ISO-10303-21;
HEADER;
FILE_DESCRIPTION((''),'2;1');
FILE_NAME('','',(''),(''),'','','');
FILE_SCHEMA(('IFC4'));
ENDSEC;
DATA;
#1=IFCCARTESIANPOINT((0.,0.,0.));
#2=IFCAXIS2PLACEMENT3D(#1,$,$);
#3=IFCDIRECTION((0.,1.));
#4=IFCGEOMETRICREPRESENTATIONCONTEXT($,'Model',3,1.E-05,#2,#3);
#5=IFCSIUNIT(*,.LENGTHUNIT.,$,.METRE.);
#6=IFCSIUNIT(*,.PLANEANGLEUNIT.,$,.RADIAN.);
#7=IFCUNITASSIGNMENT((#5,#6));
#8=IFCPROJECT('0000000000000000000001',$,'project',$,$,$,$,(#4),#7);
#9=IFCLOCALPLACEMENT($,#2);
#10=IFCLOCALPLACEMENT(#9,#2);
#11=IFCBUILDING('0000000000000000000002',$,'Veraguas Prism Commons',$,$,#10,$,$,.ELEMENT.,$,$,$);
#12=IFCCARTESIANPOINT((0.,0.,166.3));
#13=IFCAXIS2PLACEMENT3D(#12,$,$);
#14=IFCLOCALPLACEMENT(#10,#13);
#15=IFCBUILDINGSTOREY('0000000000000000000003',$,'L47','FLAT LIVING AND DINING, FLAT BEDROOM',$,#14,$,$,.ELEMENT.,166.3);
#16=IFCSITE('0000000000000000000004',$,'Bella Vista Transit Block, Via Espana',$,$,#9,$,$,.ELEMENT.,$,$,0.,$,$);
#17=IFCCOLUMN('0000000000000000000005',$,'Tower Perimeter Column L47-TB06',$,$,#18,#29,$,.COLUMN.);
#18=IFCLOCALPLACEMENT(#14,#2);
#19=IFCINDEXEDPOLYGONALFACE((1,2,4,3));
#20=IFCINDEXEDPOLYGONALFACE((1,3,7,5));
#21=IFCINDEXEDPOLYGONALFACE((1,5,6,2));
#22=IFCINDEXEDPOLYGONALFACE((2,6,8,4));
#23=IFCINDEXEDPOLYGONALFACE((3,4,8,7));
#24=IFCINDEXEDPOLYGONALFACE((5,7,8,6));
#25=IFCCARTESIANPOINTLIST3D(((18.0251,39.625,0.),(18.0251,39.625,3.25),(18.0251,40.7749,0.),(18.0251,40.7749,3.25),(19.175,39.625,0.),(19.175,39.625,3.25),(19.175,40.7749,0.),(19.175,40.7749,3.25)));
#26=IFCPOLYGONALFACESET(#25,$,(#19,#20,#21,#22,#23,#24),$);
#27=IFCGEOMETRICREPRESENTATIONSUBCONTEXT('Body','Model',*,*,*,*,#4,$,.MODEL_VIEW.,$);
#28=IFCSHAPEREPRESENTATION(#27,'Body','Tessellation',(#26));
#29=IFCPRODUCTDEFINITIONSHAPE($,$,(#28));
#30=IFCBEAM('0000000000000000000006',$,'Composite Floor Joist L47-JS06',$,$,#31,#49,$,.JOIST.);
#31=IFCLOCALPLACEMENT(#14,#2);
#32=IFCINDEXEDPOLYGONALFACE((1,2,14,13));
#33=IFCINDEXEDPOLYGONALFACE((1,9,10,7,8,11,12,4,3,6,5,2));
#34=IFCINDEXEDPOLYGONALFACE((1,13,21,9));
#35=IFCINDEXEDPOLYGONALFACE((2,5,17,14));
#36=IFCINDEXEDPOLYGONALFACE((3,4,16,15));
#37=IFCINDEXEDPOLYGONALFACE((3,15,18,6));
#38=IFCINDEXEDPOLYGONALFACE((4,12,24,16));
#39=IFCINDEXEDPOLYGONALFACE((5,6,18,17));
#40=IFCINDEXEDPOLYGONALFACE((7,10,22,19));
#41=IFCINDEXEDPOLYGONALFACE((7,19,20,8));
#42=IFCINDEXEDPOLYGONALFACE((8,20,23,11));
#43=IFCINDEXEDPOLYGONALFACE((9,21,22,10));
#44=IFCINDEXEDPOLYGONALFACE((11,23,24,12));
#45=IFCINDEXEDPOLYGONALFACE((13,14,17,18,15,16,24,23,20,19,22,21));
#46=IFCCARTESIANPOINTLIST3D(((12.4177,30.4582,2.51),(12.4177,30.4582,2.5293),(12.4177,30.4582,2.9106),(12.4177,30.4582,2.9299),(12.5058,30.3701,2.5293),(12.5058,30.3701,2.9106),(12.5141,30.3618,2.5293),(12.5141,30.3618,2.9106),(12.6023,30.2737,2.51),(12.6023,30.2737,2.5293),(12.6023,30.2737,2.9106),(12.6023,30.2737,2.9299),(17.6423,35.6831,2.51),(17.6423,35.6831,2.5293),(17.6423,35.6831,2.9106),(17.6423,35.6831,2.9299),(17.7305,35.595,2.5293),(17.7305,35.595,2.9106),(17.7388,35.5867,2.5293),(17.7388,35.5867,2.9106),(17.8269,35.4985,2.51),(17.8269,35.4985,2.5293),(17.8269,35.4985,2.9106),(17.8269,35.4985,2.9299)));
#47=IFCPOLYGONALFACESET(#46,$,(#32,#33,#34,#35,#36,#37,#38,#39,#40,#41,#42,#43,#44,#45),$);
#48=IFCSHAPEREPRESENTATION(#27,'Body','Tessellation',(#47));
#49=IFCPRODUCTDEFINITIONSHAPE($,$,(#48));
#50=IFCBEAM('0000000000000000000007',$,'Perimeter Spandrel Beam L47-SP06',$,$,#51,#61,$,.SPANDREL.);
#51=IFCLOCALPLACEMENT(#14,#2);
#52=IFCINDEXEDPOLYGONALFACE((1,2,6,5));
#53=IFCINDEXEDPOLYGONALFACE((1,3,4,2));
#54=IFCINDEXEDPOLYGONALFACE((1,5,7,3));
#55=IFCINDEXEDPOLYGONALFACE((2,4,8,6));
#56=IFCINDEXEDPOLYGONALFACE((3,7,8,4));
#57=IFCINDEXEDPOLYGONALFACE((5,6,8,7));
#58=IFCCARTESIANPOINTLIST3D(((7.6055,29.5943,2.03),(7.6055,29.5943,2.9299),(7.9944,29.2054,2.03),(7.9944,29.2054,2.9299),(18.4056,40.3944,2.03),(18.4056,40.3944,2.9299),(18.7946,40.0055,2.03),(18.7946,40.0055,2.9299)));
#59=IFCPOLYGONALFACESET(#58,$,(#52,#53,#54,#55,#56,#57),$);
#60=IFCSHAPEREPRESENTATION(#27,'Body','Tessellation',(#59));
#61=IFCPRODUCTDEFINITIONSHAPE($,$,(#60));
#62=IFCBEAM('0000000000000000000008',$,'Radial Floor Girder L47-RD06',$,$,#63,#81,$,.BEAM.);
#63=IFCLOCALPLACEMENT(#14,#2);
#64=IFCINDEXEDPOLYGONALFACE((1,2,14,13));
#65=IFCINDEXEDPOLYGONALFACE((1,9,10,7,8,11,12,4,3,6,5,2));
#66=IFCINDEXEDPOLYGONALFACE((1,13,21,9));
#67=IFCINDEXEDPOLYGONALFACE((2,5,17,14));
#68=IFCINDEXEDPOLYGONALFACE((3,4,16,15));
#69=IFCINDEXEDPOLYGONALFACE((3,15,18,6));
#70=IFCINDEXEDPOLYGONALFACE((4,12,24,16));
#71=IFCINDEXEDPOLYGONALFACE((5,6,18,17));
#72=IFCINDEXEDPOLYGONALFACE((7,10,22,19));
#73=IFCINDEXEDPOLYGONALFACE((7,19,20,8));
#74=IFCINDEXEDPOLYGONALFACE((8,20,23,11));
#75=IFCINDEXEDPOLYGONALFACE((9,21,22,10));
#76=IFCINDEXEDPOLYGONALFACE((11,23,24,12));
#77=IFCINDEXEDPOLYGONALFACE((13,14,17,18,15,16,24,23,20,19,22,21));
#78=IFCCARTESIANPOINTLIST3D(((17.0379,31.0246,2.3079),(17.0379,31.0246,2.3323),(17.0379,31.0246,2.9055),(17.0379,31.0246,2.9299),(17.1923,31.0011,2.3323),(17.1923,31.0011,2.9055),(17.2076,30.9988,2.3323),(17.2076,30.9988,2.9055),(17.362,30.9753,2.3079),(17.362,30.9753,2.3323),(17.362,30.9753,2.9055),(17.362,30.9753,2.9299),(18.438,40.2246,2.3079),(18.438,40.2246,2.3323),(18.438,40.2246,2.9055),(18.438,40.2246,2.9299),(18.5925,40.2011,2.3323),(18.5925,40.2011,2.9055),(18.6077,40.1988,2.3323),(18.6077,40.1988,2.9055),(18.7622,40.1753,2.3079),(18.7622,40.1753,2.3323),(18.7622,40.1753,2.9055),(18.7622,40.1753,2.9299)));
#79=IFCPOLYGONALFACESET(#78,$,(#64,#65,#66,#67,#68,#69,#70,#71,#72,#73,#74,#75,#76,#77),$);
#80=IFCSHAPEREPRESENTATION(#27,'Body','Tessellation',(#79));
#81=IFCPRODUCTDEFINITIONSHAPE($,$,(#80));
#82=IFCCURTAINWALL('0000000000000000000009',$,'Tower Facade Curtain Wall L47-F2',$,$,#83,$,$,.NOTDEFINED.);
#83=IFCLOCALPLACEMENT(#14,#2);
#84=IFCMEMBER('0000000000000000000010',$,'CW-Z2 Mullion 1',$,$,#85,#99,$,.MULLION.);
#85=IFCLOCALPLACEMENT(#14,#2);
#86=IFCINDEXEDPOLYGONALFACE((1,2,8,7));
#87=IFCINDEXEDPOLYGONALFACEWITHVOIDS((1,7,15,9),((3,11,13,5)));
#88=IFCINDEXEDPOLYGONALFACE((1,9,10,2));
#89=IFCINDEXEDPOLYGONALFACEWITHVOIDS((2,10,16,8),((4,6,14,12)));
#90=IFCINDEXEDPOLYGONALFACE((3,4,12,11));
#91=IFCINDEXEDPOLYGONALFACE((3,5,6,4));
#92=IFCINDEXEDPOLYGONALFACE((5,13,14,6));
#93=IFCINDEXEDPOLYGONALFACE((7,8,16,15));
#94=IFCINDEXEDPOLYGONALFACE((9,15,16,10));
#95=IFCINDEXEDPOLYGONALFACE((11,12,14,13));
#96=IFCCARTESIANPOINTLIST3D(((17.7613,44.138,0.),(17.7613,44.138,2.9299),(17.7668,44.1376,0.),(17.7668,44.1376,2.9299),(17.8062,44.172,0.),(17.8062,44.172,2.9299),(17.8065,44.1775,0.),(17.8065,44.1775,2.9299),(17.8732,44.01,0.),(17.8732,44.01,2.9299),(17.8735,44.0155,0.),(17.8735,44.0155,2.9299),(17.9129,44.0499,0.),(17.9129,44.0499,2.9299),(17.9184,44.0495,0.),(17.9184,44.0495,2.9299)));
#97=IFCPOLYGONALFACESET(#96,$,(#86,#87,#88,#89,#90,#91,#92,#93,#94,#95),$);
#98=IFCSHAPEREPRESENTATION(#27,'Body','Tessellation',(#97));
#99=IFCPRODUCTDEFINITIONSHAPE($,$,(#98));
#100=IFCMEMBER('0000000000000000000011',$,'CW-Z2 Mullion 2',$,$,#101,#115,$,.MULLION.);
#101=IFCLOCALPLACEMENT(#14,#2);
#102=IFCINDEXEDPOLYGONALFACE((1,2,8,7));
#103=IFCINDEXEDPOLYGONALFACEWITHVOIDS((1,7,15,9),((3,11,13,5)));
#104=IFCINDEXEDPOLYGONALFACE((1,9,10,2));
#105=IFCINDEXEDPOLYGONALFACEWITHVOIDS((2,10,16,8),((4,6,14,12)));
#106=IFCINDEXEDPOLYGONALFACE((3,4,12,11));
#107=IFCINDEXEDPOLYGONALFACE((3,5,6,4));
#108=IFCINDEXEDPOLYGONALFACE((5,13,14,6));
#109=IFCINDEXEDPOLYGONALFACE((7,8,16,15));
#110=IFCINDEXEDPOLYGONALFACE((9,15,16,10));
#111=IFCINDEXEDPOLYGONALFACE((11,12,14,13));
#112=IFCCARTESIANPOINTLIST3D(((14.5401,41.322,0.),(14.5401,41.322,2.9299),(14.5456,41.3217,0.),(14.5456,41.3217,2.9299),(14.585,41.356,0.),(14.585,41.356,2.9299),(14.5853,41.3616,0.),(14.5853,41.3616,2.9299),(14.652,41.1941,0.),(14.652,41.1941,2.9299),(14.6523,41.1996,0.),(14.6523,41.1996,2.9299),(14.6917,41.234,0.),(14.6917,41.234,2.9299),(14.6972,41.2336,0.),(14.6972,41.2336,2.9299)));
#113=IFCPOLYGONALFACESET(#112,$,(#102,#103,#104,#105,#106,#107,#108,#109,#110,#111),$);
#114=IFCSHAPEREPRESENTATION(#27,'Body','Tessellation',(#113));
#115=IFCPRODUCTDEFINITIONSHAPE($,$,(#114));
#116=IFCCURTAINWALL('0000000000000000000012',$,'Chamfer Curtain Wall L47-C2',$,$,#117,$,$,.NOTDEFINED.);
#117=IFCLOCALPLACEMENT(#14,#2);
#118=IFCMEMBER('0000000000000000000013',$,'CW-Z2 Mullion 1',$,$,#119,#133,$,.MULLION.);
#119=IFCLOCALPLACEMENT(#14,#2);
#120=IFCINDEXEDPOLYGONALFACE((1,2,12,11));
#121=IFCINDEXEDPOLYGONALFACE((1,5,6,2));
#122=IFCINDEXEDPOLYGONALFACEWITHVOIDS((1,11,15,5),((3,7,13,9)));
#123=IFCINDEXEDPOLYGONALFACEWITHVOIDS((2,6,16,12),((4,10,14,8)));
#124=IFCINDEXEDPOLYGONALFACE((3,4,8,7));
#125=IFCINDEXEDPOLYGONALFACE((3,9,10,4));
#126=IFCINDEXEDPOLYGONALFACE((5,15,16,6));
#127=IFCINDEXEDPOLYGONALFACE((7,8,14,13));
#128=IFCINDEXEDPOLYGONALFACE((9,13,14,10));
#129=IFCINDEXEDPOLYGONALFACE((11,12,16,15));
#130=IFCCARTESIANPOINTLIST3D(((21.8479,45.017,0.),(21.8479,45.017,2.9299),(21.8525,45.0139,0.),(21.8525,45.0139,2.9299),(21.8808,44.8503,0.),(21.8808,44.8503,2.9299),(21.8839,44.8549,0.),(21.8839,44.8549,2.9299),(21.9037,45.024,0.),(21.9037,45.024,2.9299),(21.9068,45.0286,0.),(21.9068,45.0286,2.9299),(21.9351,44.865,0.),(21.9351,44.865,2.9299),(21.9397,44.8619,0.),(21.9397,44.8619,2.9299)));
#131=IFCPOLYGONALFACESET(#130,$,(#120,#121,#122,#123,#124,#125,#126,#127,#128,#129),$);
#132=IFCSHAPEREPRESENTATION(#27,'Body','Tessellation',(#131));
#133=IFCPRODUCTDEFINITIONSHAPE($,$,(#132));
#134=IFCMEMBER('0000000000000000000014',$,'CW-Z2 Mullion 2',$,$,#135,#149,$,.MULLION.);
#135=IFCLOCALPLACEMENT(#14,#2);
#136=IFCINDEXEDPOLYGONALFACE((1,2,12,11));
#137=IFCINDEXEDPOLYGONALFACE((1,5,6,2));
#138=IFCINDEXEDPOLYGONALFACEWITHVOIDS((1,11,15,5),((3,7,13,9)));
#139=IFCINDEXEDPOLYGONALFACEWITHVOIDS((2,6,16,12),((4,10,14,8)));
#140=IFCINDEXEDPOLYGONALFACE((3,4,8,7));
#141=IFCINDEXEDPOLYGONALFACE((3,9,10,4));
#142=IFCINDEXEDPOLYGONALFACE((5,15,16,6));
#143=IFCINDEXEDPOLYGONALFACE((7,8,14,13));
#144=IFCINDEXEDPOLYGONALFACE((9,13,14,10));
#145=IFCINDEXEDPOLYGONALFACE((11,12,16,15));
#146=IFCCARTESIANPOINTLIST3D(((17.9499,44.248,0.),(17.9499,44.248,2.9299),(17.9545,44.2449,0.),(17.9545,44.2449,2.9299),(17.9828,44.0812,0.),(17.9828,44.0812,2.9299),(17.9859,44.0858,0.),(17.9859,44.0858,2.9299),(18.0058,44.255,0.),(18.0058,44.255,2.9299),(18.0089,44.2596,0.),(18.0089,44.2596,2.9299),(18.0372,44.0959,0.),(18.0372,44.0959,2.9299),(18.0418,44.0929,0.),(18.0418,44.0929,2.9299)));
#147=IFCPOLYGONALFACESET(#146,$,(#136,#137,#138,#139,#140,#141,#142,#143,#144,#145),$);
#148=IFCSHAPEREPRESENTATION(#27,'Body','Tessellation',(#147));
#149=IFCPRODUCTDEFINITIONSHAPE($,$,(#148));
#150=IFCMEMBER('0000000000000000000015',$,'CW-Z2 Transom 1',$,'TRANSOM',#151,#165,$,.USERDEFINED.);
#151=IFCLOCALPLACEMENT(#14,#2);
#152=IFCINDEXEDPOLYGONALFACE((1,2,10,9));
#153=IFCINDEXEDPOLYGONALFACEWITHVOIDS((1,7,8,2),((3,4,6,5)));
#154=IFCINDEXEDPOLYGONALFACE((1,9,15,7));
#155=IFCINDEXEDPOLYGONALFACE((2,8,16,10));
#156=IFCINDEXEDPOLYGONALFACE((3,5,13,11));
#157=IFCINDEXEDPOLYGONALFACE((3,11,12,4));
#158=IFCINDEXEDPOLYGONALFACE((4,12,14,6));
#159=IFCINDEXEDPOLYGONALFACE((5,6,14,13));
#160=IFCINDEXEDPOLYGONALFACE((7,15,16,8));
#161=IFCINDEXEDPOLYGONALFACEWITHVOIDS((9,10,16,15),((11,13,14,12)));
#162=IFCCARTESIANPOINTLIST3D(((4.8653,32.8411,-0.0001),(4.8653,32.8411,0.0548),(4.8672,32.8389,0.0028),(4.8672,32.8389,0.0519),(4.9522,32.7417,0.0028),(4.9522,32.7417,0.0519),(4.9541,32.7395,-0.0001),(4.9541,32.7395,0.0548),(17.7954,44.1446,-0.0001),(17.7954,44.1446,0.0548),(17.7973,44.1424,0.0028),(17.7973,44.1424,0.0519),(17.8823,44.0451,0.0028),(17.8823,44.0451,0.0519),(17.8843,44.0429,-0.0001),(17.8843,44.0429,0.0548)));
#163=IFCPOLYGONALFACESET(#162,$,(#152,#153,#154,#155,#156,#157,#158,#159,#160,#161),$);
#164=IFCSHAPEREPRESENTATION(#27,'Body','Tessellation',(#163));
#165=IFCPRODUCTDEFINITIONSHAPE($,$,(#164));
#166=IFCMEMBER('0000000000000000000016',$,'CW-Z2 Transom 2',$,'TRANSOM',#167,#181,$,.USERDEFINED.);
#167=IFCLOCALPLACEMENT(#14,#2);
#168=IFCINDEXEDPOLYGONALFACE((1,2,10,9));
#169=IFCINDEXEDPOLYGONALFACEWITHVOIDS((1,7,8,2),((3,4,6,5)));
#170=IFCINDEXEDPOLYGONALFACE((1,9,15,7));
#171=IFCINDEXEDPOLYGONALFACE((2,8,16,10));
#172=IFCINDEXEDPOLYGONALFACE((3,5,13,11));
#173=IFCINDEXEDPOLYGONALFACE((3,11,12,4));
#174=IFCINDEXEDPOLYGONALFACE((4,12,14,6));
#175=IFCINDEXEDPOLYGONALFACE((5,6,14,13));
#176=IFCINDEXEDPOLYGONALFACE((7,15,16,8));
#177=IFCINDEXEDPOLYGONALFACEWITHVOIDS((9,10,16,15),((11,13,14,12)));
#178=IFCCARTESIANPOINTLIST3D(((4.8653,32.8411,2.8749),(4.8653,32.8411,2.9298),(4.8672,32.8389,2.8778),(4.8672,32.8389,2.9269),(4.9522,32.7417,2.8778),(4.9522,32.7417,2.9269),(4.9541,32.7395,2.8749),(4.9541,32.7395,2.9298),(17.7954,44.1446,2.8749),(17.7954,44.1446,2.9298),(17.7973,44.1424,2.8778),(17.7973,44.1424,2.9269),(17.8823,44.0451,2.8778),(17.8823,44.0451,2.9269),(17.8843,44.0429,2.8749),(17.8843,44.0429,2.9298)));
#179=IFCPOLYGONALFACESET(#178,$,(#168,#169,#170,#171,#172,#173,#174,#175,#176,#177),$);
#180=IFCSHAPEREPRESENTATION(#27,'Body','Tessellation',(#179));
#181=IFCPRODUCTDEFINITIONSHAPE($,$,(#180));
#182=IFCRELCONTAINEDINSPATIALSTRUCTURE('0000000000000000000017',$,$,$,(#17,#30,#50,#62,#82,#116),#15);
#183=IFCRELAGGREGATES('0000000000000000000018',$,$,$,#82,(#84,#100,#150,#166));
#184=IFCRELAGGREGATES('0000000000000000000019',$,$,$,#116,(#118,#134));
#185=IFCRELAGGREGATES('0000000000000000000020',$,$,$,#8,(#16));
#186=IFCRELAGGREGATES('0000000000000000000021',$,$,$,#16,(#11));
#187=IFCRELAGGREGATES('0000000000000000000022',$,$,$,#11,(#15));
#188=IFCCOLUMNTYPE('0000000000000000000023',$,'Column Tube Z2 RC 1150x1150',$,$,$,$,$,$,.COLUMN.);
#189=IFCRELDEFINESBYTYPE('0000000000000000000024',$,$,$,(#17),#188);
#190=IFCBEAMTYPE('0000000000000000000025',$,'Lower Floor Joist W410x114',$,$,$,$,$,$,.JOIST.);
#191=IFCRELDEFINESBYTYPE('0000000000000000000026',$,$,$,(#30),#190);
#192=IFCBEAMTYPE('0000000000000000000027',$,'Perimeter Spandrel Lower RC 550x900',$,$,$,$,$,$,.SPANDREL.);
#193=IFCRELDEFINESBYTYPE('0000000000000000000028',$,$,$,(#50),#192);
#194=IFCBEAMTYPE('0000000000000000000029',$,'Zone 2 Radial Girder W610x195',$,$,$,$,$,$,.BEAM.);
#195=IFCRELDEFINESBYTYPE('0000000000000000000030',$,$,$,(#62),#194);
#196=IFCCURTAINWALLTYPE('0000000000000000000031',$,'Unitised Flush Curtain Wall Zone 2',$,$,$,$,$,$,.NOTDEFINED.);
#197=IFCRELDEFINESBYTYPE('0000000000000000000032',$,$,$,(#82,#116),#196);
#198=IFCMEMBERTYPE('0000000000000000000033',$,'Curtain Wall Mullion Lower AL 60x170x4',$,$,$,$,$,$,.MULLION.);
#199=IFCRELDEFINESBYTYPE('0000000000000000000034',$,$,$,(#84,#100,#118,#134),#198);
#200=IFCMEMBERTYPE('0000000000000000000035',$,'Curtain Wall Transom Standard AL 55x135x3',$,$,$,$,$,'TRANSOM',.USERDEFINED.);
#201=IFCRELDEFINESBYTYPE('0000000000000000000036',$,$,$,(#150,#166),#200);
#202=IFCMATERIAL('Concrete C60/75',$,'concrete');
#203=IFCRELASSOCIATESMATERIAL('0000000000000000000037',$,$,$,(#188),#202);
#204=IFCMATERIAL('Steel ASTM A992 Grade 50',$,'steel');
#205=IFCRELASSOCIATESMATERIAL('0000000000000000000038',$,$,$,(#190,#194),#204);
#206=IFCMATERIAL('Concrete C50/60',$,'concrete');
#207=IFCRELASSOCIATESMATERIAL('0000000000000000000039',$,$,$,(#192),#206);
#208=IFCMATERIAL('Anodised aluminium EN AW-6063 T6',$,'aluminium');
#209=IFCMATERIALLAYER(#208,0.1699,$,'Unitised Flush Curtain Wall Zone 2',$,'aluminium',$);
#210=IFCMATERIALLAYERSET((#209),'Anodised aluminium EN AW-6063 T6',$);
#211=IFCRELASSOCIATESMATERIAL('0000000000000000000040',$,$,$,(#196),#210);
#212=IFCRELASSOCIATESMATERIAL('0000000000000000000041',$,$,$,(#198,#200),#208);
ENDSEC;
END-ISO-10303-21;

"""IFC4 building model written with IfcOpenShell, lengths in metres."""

from ifc_helpers import new_model, si_unit, direction, frame, origin, origin_2d, place, context, subcontext, project, spatial, rectangle, hollow_rectangle, i_section, extrude, source, transform, mapped, material, layer, layer_set, material_profile, profile_set, type_object, element, aggregate, save


model = new_model("IFC4")

# Units and contexts
model_context = context("Model", 3, precision=1e-05, world=origin(), true_north=direction((0.0, 1.0)))
body_context = subcontext(model_context, "Body", "Model", "MODEL_VIEW")
ifc_project = project(units=[si_unit("LENGTHUNIT", "METRE"), si_unit("PLANEANGLEUNIT", "RADIAN")], contexts=[model_context])

# Site, building, storey
site_placement = place(None, origin())
site = spatial("IfcSite", under=ifc_project, at=site_placement, Name="Bella Vista Transit Block, Via Espana", CompositionType="ELEMENT", RefElevation=0.0)
building_placement = place(site_placement, origin())
building = spatial("IfcBuilding", under=site, at=building_placement, Name="Veraguas Prism Commons", CompositionType="ELEMENT")
storey_placement = place(building_placement, frame((0.0, 0.0, 166.3)))
storey = spatial("IfcBuildingStorey", under=building, at=storey_placement, Name="L47", Description="FLAT LIVING AND DINING, FLAT BEDROOM", CompositionType="ELEMENT", Elevation=166.3)

# Column
ifc_material_1 = material(Name="Concrete C60/75", Category="concrete")
ifc_material_profile_1 = material_profile(ifc_material_1, rectangle(XDim=1.1499, YDim=1.1499, at=origin_2d()), Name="RC1150X1150")
ifc_profile_set_1 = profile_set([ifc_material_profile_1], Name="Concrete C60/75")
column_type = type_object("IfcColumnType", Name="Column Tube Z2 RC 1150x1150", PredefinedType="COLUMN", material=ifc_profile_set_1)
column_placement = place(storey_placement, frame((18.6001, 40.2, 0.0), z_axis=(0.0, 0.0, 1.0), x_axis=(1.0, 0.0, 0.0)))
element("IfcColumn", 1, at=column_placement, inside=storey, type_object=column_type, Name="Tower Perimeter Column L47-TB06", PredefinedType="COLUMN", context=body_context, shape_type="SweptSolid", body=[
    extrude(rectangle(XDim=1.1499, YDim=1.1499, at=origin_2d()), origin(), (0.0, 0.0, 1.0), 3.25),
])

# Beams
ifc_material_2 = material(Name="Steel ASTM A992 Grade 50", Category="steel")
ifc_material_profile_2 = material_profile(ifc_material_2, i_section(OverallWidth=0.261, OverallDepth=0.4199, WebThickness=0.0117, FlangeThickness=0.0193, at=origin_2d()), Name="W410X114")
ifc_profile_set_2 = profile_set([ifc_material_profile_2], Name="Steel ASTM A992 Grade 50")
beam_type_1 = type_object("IfcBeamType", Name="Lower Floor Joist W410x114", PredefinedType="JOIST", material=ifc_profile_set_2)
beam_1_placement = place(storey_placement, frame((17.7346, 35.5908, 2.72), z_axis=(-0.70709, -0.707123, 0.0), x_axis=(0.707123, -0.70709, 0.0)))
element("IfcBeam", 2, at=beam_1_placement, inside=storey, type_object=beam_type_1, Name="Composite Floor Joist L47-JS06", PredefinedType="JOIST", context=body_context, shape_type="SweptSolid", body=[
    extrude(i_section(OverallWidth=0.261, OverallDepth=0.4199, WebThickness=0.0117, FlangeThickness=0.0193, at=origin_2d()), origin(), (0.0, 0.0, 1.0), 7.3889),
])
ifc_material_3 = material(Name="Concrete C50/60", Category="concrete")
ifc_material_profile_3 = material_profile(ifc_material_3, rectangle(XDim=0.55, YDim=0.8999, at=origin_2d()), Name="RC550X900")
ifc_profile_set_3 = profile_set([ifc_material_profile_3], Name="Concrete C50/60")
beam_type_2 = type_object("IfcBeamType", Name="Perimeter Spandrel Lower RC 550x900", PredefinedType="SPANDREL", material=ifc_profile_set_3)
beam_2_placement = place(storey_placement, frame((18.6001, 40.2, 2.48), z_axis=(-0.707107, -0.707107, 0.0), x_axis=(0.707107, -0.707107, 0.0)))
element("IfcBeam", 3, at=beam_2_placement, inside=storey, type_object=beam_type_2, Name="Perimeter Spandrel Beam L47-SP06", PredefinedType="SPANDREL", context=body_context, shape_type="SweptSolid", body=[
    extrude(rectangle(XDim=0.55, YDim=0.8999, at=origin_2d()), origin(), (0.0, 0.0, 1.0), 15.2737),
])
ifc_material_profile_4 = material_profile(ifc_material_2, i_section(OverallWidth=0.3279, OverallDepth=0.6221, WebThickness=0.0154, FlangeThickness=0.0244, at=origin_2d()), Name="W610X195")
ifc_profile_set_4 = profile_set([ifc_material_profile_4], Name="Steel ASTM A992 Grade 50")
beam_type_3 = type_object("IfcBeamType", Name="Zone 2 Radial Girder W610x195", PredefinedType="BEAM", material=ifc_profile_set_4)
beam_3_placement = place(storey_placement, frame((18.6001, 40.2, 2.6189), z_axis=(-0.150458, -0.988616, 0.0), x_axis=(0.988616, -0.150458, 0.0)))
element("IfcBeam", 4, at=beam_3_placement, inside=storey, type_object=beam_type_3, Name="Radial Floor Girder L47-RD06", PredefinedType="BEAM", context=body_context, shape_type="SweptSolid", body=[
    extrude(i_section(OverallWidth=0.3279, OverallDepth=0.6221, WebThickness=0.0154, FlangeThickness=0.0244, at=origin_2d()), origin(), (0.0, 0.0, 1.0), 9.3059),
])

# Curtain walls, members
ifc_material_4 = material(Name="Anodised aluminium EN AW-6063 T6", Category="aluminium")
ifc_layer_1 = layer(ifc_material_4, 0.1699, Name="Unitised Flush Curtain Wall Zone 2", Category="aluminium")
ifc_layer_set_1 = layer_set([ifc_layer_1], Name="Anodised aluminium EN AW-6063 T6")
curtain_wall_type = type_object("IfcCurtainWallType", Name="Unitised Flush Curtain Wall Zone 2", PredefinedType="NOTDEFINED", material=ifc_layer_set_1)
curtain_wall_1_placement = place(storey_placement, origin())
curtain_wall_1 = element("IfcCurtainWall", 5, at=curtain_wall_1_placement, inside=storey, type_object=curtain_wall_type, Name="Tower Facade Curtain Wall L47-F2", PredefinedType="NOTDEFINED")
ifc_material_profile_5 = material_profile(ifc_material_4, hollow_rectangle(XDim=0.0601, YDim=0.1699, WallThickness=0.0039, at=origin_2d()), Name="AL60X170X4")
ifc_profile_set_5 = profile_set([ifc_material_profile_5], Name="Anodised aluminium EN AW-6063 T6")
member_type_1 = type_object("IfcMemberType", Name="Curtain Wall Mullion Lower AL 60x170x4", PredefinedType="MULLION", material=ifc_profile_set_5)
shared_shape_1 = source(origin(), body_context, "Body", "SweptSolid", [
    extrude(hollow_rectangle(XDim=0.0601, YDim=0.1699, WallThickness=0.0039, at=origin_2d()), origin(), (0.0, 0.0, 1.0), 2.9299),
])
member_1_placement = place(storey_placement, frame((17.8398, 44.0938, 0.0), z_axis=(0.0, 0.0, 1.0), x_axis=(-0.752872, -0.658167, 0.0)))
member_1 = element("IfcMember", 6, at=member_1_placement, type_object=member_type_1, Name="CW-Z2 Mullion 1", PredefinedType="MULLION", context=body_context, shape_type="MappedRepresentation", body=[
    mapped(shared_shape_1, transform((0.0, 0.0, 0.0), scale=1.0)),
])
member_2_placement = place(storey_placement, frame((14.6187, 41.2778, 0.0), z_axis=(0.0, 0.0, 1.0), x_axis=(-0.752872, -0.658167, 0.0)))
member_2 = element("IfcMember", 7, at=member_2_placement, type_object=member_type_1, Name="CW-Z2 Mullion 2", PredefinedType="MULLION", context=body_context, shape_type="MappedRepresentation", body=[
    mapped(shared_shape_1, transform((0.0, 0.0, 0.0), scale=1.0)),
])
curtain_wall_2_placement = place(storey_placement, origin())
curtain_wall_2 = element("IfcCurtainWall", 8, at=curtain_wall_2_placement, inside=storey, type_object=curtain_wall_type, Name="Chamfer Curtain Wall L47-C2", PredefinedType="NOTDEFINED")
member_3_placement = place(storey_placement, frame((21.8938, 44.9395, 0.0), z_axis=(0.0, 0.0, 1.0), x_axis=(-0.981091, -0.193549, 0.0)))
member_3 = element("IfcMember", 9, at=member_3_placement, type_object=member_type_1, Name="CW-Z2 Mullion 1", PredefinedType="MULLION", context=body_context, shape_type="MappedRepresentation", body=[
    mapped(shared_shape_1, transform((0.0, 0.0, 0.0), scale=1.0)),
])
member_4_placement = place(storey_placement, frame((17.9958, 44.1704, 0.0), z_axis=(0.0, 0.0, 1.0), x_axis=(-0.981091, -0.193549, 0.0)))
member_4 = element("IfcMember", 10, at=member_4_placement, type_object=member_type_1, Name="CW-Z2 Mullion 2", PredefinedType="MULLION", context=body_context, shape_type="MappedRepresentation", body=[
    mapped(shared_shape_1, transform((0.0, 0.0, 0.0), scale=1.0)),
])

# Members
ifc_material_profile_6 = material_profile(ifc_material_4, hollow_rectangle(XDim=0.0549, YDim=0.135, WallThickness=0.0029, at=origin_2d()), Name="AL55X135X3")
ifc_profile_set_6 = profile_set([ifc_material_profile_6], Name="Anodised aluminium EN AW-6063 T6")
member_type_2 = type_object("IfcMemberType", Name="Curtain Wall Transom Standard AL 55x135x3", ElementType="TRANSOM", PredefinedType="USERDEFINED", material=ifc_profile_set_6)
shared_shape_2 = source(origin(), body_context, "Body", "SweptSolid", [
    extrude(hollow_rectangle(XDim=0.0549, YDim=0.135, WallThickness=0.0029, at=origin_2d()), origin(), (0.0, 0.0, 1.0), 17.1743),
])
member_5_placement = place(storey_placement, frame((17.8398, 44.0938, 0.0273), z_axis=(-0.752878, -0.65816, 0.0), x_axis=(0.0, 0.0, 1.0)))
member_5 = element("IfcMember", 11, at=member_5_placement, type_object=member_type_2, Name="CW-Z2 Transom 1", ObjectType="TRANSOM", PredefinedType="USERDEFINED", context=body_context, shape_type="MappedRepresentation", body=[
    mapped(shared_shape_2, transform((0.0, 0.0, 0.0), scale=1.0)),
])
member_6_placement = place(storey_placement, frame((17.8398, 44.0938, 2.9023), z_axis=(-0.752878, -0.65816, 0.0), x_axis=(0.0, 0.0, 1.0)))
member_6 = element("IfcMember", 12, at=member_6_placement, type_object=member_type_2, Name="CW-Z2 Transom 2", ObjectType="TRANSOM", PredefinedType="USERDEFINED", context=body_context, shape_type="MappedRepresentation", body=[
    mapped(shared_shape_2, transform((0.0, 0.0, 0.0), scale=1.0)),
])

aggregate(curtain_wall_1, [member_1, member_2, member_5, member_6])
aggregate(curtain_wall_2, [member_3, member_4])

save(model, "model.ifc")
